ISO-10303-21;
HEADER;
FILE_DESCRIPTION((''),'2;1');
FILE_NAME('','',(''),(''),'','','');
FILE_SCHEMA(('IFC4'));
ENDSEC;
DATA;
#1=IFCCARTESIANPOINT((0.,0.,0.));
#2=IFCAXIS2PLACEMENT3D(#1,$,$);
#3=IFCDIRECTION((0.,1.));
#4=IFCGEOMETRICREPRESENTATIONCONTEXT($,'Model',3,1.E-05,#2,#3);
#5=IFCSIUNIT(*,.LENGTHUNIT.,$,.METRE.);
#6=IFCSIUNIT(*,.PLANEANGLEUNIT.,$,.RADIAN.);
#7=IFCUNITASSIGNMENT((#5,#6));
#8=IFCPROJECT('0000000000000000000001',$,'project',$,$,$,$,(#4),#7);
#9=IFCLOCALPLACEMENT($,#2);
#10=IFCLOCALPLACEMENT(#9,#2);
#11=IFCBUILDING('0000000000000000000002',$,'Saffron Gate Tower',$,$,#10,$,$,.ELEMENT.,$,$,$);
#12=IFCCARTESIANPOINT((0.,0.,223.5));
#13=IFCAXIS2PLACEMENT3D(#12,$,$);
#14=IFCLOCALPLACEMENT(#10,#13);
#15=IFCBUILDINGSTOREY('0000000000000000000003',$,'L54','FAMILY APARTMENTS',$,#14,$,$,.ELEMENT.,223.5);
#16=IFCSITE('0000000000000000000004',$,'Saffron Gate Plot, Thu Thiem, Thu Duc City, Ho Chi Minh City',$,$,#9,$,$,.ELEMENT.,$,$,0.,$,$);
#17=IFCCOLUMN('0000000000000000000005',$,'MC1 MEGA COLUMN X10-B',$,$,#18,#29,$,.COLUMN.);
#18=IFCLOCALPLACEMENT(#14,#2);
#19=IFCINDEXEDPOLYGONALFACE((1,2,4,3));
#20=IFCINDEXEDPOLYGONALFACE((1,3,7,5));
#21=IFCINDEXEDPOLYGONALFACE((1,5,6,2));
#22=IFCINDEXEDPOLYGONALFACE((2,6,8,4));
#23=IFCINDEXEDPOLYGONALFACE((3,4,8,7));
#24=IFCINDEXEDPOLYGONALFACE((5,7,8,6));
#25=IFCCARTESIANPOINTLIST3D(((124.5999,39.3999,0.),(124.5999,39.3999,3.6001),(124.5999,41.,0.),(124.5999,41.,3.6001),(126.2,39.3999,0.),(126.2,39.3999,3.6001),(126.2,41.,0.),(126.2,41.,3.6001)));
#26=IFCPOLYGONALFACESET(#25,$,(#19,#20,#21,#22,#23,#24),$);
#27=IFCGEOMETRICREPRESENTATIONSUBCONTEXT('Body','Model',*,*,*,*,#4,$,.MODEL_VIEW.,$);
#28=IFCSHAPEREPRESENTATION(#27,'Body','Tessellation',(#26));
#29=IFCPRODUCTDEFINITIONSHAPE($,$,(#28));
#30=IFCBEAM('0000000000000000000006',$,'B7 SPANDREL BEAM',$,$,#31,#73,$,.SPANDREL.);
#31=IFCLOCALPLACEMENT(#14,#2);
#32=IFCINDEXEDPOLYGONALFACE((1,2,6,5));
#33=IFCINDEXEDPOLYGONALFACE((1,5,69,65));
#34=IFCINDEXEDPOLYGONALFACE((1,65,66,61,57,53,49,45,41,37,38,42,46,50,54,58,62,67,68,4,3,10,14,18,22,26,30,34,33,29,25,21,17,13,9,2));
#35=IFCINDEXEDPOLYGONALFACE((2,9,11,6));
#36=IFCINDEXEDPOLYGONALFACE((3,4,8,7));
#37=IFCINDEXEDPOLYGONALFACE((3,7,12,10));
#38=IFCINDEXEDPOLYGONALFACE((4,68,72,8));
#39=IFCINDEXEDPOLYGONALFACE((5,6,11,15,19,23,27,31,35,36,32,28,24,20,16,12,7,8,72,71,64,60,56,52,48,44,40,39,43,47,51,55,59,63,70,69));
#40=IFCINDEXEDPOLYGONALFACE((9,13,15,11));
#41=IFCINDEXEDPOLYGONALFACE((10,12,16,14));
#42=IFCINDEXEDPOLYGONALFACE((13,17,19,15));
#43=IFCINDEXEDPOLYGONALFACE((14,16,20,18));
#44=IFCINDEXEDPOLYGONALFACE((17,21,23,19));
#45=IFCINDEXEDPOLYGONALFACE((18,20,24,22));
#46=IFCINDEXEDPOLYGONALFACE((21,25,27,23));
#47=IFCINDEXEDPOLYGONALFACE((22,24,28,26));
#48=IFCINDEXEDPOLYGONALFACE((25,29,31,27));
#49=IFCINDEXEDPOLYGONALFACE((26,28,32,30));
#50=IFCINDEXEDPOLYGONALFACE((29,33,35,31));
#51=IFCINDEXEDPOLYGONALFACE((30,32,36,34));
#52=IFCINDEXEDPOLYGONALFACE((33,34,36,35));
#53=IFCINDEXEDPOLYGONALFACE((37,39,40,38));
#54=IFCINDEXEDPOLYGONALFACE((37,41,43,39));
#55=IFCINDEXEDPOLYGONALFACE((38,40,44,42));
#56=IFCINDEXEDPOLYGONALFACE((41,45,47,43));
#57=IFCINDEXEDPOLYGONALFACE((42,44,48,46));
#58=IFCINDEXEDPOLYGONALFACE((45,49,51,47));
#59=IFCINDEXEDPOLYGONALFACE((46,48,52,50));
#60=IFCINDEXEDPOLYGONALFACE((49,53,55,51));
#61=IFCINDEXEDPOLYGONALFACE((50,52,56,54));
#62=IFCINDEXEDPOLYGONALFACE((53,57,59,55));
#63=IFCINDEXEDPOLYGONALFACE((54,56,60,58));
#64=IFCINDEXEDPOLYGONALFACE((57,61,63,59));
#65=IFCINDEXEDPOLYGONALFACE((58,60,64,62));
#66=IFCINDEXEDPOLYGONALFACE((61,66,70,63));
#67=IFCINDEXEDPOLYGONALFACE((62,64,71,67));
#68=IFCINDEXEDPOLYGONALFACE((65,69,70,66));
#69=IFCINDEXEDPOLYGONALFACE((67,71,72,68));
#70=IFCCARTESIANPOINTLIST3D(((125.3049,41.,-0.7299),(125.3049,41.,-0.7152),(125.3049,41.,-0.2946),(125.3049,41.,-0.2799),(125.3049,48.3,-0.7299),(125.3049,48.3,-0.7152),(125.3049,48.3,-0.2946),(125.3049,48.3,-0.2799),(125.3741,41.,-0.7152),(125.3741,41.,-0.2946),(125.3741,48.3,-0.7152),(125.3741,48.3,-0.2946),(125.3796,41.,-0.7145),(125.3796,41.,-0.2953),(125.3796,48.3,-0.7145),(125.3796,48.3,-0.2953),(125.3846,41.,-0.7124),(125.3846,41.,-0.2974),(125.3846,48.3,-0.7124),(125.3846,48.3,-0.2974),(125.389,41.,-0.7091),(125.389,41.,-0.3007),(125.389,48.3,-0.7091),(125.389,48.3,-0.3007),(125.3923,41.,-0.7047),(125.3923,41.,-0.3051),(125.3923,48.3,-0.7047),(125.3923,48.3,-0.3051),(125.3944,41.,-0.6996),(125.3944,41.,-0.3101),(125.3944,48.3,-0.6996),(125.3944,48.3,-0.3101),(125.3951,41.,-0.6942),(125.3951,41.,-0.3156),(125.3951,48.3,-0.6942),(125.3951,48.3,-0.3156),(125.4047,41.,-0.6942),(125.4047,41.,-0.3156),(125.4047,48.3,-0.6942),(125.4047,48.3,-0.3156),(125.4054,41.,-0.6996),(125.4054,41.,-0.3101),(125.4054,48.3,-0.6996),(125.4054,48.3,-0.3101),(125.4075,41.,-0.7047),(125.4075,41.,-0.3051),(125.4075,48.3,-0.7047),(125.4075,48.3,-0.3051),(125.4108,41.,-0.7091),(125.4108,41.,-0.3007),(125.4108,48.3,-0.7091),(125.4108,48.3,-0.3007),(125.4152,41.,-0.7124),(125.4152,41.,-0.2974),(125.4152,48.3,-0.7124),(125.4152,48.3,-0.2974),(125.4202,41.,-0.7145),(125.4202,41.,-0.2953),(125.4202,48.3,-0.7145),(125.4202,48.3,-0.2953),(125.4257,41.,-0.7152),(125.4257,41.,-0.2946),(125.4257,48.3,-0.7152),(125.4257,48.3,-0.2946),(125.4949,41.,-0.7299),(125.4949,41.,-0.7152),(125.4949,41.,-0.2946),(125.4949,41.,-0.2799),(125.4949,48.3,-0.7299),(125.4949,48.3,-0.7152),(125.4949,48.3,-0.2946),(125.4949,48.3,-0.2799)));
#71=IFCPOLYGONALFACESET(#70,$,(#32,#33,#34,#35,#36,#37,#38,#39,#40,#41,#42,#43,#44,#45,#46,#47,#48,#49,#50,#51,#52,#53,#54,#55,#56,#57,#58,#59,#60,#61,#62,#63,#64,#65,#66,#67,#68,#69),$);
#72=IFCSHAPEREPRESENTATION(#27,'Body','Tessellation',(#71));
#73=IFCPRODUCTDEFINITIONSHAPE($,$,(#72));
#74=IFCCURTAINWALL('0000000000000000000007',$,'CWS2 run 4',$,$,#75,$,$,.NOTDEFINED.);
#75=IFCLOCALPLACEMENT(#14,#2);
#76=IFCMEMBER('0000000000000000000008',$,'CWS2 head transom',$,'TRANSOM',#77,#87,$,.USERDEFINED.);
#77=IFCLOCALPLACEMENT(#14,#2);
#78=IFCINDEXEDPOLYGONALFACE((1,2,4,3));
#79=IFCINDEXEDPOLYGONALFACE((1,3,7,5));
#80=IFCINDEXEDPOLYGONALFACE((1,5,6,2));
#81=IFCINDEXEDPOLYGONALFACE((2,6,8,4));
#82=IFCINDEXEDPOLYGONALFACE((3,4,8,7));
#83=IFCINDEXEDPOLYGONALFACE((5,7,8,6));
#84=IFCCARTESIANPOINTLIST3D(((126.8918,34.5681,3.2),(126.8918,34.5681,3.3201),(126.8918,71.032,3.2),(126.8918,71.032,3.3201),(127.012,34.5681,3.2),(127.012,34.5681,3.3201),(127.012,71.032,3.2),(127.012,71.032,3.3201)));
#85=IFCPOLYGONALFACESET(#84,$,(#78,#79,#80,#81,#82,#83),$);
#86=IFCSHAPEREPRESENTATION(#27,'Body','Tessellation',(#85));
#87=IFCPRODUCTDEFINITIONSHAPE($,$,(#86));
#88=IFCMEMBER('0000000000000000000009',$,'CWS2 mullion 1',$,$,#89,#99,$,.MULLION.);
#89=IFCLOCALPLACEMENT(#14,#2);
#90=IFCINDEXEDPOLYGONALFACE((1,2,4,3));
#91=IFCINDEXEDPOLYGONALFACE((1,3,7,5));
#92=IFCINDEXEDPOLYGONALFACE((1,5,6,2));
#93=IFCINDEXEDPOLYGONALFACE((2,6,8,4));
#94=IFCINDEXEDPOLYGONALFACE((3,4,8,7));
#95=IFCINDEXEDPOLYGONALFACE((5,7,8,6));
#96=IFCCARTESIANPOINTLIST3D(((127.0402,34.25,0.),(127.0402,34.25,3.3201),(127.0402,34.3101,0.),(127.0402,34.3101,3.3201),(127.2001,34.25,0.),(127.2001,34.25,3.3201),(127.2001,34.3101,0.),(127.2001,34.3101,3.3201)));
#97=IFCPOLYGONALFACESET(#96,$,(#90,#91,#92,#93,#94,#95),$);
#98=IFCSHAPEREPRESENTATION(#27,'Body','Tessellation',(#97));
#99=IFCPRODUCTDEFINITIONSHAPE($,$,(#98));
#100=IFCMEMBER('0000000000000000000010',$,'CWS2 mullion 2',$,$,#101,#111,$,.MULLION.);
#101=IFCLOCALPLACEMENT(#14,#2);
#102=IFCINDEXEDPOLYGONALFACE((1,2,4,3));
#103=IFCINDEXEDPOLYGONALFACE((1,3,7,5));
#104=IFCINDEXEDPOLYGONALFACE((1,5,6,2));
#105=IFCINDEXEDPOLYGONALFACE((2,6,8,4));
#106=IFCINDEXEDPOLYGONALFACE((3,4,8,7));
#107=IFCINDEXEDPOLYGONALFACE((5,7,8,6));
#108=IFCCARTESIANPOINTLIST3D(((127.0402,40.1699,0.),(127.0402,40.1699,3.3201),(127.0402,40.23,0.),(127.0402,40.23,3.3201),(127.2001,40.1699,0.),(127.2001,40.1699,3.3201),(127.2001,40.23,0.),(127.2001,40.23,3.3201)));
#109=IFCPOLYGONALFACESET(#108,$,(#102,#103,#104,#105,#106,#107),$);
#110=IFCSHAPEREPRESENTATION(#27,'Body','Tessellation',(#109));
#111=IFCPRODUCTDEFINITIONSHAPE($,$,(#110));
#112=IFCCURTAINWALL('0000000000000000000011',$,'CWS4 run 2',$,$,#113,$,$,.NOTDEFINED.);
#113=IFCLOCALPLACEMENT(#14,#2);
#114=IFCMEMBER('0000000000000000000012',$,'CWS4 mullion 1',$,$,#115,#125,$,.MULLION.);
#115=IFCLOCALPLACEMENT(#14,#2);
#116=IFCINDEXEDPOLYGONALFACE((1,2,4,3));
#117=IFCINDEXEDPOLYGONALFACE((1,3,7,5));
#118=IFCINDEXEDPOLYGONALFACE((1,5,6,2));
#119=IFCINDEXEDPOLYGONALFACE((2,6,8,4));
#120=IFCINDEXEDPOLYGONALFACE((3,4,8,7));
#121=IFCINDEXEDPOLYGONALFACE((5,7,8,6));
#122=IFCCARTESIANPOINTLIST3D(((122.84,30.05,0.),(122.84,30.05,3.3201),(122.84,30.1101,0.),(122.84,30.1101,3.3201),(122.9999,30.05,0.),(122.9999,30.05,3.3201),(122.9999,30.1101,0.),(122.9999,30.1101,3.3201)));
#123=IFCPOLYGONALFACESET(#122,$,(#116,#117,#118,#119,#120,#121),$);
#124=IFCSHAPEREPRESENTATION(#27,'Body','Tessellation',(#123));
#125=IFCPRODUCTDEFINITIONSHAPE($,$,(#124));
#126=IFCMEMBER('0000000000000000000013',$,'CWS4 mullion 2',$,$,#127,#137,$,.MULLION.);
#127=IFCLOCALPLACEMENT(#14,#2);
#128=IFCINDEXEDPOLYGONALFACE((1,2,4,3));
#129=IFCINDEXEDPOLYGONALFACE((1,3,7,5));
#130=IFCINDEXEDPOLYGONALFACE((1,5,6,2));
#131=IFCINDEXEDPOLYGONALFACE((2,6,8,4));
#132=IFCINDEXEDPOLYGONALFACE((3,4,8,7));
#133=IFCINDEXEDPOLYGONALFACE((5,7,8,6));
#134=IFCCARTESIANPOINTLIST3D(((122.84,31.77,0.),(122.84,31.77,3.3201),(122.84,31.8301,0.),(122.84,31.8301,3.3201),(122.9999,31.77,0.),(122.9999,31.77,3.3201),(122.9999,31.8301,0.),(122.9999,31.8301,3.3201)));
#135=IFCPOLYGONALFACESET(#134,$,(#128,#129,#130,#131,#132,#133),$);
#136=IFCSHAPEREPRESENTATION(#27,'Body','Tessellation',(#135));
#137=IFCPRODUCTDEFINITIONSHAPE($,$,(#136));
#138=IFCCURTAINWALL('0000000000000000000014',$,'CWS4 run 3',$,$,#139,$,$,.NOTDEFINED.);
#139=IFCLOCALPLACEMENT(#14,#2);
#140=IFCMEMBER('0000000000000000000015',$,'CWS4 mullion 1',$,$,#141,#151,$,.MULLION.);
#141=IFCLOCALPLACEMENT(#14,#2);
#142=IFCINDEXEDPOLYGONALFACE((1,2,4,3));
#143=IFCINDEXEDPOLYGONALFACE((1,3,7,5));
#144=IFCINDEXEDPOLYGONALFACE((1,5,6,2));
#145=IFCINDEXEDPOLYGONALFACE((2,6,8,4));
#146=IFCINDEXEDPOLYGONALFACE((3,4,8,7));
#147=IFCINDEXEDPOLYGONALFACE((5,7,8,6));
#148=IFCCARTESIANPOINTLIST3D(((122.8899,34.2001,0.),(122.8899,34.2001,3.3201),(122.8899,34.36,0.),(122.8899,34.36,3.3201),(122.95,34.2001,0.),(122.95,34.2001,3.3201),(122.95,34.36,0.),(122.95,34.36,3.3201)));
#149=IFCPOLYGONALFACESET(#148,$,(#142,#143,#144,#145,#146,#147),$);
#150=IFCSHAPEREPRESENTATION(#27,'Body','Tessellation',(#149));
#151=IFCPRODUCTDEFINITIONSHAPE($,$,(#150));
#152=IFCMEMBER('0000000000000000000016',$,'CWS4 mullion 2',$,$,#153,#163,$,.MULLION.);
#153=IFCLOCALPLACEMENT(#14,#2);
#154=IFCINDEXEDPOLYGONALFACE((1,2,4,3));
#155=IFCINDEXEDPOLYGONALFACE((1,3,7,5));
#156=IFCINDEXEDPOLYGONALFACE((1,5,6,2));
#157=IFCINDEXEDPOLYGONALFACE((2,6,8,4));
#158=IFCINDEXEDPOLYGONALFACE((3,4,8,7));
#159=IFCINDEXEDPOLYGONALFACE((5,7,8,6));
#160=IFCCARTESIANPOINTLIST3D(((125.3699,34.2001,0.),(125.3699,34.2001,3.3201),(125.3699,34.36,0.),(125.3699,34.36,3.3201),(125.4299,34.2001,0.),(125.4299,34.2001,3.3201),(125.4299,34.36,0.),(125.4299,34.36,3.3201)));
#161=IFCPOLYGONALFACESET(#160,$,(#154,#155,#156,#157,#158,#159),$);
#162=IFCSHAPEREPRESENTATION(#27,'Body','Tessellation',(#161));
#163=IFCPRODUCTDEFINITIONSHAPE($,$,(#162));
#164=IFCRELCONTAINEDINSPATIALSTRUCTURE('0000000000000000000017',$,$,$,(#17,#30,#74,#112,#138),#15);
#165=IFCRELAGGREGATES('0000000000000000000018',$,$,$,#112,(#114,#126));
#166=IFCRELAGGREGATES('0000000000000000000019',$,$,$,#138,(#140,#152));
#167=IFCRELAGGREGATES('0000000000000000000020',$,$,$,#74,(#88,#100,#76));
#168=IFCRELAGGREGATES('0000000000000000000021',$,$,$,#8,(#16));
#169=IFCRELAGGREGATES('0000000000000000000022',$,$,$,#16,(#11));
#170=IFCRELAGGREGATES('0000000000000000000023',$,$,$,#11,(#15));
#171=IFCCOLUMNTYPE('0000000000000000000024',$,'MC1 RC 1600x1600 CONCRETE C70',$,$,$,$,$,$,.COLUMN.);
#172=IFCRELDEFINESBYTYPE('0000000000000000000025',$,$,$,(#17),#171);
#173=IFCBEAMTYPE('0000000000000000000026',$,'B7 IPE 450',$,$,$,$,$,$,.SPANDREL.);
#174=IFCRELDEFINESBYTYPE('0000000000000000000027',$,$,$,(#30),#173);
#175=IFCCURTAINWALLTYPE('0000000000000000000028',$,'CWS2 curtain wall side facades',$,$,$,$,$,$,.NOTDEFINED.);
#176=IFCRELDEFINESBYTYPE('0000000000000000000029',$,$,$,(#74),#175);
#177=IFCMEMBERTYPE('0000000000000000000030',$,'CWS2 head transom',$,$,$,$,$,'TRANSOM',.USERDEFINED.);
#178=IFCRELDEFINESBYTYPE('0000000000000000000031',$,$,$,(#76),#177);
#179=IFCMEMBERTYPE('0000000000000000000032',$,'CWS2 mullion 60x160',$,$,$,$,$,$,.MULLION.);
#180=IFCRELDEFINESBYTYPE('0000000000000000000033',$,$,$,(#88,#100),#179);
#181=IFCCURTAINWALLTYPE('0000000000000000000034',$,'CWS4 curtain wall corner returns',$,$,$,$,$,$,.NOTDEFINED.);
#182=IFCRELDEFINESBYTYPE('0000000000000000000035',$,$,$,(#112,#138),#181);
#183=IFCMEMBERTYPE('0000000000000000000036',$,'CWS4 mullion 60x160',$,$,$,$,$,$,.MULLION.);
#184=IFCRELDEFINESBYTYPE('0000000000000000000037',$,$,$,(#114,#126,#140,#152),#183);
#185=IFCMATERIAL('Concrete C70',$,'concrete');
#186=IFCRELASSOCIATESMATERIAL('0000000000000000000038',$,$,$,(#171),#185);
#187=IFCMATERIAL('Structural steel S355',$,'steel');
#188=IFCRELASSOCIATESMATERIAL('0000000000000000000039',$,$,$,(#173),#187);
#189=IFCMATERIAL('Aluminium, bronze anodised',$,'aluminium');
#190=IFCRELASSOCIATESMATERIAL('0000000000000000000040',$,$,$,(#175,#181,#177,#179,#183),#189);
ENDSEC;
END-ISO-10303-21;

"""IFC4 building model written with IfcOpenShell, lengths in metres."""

from ifc_helpers import new_model, si_unit, direction, frame, origin, origin_2d, place, context, subcontext, project, spatial, rectangle, i_section, extrude, material, material_profile, profile_set, type_object, element, aggregate, save


model = new_model("IFC4")

# Units and contexts
model_context = context("Model", 3, precision=1e-05, world=origin(), true_north=direction((0.0, 1.0)))
body_context = subcontext(model_context, "Body", "Model", "MODEL_VIEW")
ifc_project = project(units=[si_unit("LENGTHUNIT", "METRE"), si_unit("PLANEANGLEUNIT", "RADIAN")], contexts=[model_context])

# Site, building, storey
site_placement = place(None, origin())
site = spatial("IfcSite", under=ifc_project, at=site_placement, Name="Saffron Gate Plot, Thu Thiem, Thu Duc City, Ho Chi Minh City", CompositionType="ELEMENT", RefElevation=0.0)
building_placement = place(site_placement, origin())
building = spatial("IfcBuilding", under=site, at=building_placement, Name="Saffron Gate Tower", CompositionType="ELEMENT")
storey_placement = place(building_placement, frame((0.0, 0.0, 223.5)))
storey = spatial("IfcBuildingStorey", under=building, at=storey_placement, Name="L54", Description="FAMILY APARTMENTS", CompositionType="ELEMENT", Elevation=223.5)

# Column
ifc_material_1 = material(Name="Concrete C70", Category="concrete")
ifc_material_profile_1 = material_profile(ifc_material_1, rectangle(XDim=1.6001, YDim=1.6001, at=origin_2d()))
ifc_profile_set_1 = profile_set([ifc_material_profile_1], Name="Concrete C70")
column_type = type_object("IfcColumnType", Name="MC1 RC 1600x1600 CONCRETE C70", PredefinedType="COLUMN", material=ifc_profile_set_1)
column_placement = place(storey_placement, frame((125.3999, 40.2, 0.0), z_axis=(0.0, 0.0, 1.0), x_axis=(1.0, 0.0, 0.0)))
element("IfcColumn", 1, at=column_placement, inside=storey, type_object=column_type, Name="MC1 MEGA COLUMN X10-B", PredefinedType="COLUMN", context=body_context, shape_type="SweptSolid", body=[
    extrude(rectangle(XDim=1.6001, YDim=1.6001, at=origin_2d()), origin(), (0.0, 0.0, 1.0), 3.6001),
])

# Beam
ifc_material_2 = material(Name="Structural steel S355", Category="steel")
ifc_material_profile_2 = material_profile(ifc_material_2, i_section(OverallWidth=0.1899, OverallDepth=0.45, WebThickness=0.0095, FlangeThickness=0.0146, FilletRadius=0.021, at=origin_2d()))
ifc_profile_set_2 = profile_set([ifc_material_profile_2], Name="Structural steel S355")
beam_type = type_object("IfcBeamType", Name="B7 IPE 450", PredefinedType="SPANDREL", material=ifc_profile_set_2)
beam_placement = place(storey_placement, frame((125.3999, 41.0, -0.5049), z_axis=(0.0, 1.0, 0.0), x_axis=(-1.0, 0.0, 0.0)))
element("IfcBeam", 2, at=beam_placement, inside=storey, type_object=beam_type, Name="B7 SPANDREL BEAM", PredefinedType="SPANDREL", context=body_context, shape_type="SweptSolid", body=[
    extrude(i_section(OverallWidth=0.1899, OverallDepth=0.45, WebThickness=0.0095, FlangeThickness=0.0146, FilletRadius=0.021, at=origin_2d()), origin(), (0.0, 0.0, 1.0), 7.3),
])

# Curtain walls, members
ifc_material_3 = material(Name="Aluminium, bronze anodised", Category="aluminium")
curtain_wall_type_1 = type_object("IfcCurtainWallType", Name="CWS2 curtain wall side facades", PredefinedType="NOTDEFINED", material=ifc_material_3)
curtain_wall_1_placement = place(storey_placement, origin())
curtain_wall_1 = element("IfcCurtainWall", 3, at=curtain_wall_1_placement, inside=storey, type_object=curtain_wall_type_1, Name="CWS2 run 4", PredefinedType="NOTDEFINED")
ifc_material_profile_3 = material_profile(ifc_material_3, rectangle(XDim=0.1201, YDim=0.1201, at=origin_2d()))
ifc_profile_set_3 = profile_set([ifc_material_profile_3], Name="Aluminium, bronze anodised")
member_type_1 = type_object("IfcMemberType", Name="CWS2 head transom", ElementType="TRANSOM", PredefinedType="USERDEFINED", material=ifc_profile_set_3)
member_1_placement = place(storey_placement, frame((126.9519, 34.5681, 3.26), z_axis=(0.0, 1.0, 0.0), x_axis=(-1.0, 0.0, 0.0)))
member_1 = element("IfcMember", 4, at=member_1_placement, type_object=member_type_1, Name="CWS2 head transom", ObjectType="TRANSOM", PredefinedType="USERDEFINED", context=body_context, shape_type="SweptSolid", body=[
    extrude(rectangle(XDim=0.1201, YDim=0.1201, at=origin_2d()), origin(), (0.0, 0.0, 1.0), 36.4639),
])
ifc_material_profile_4 = material_profile(ifc_material_3, rectangle(XDim=0.1599, YDim=0.0601, at=origin_2d()))
ifc_profile_set_4 = profile_set([ifc_material_profile_4], Name="Aluminium, bronze anodised")
member_type_2 = type_object("IfcMemberType", Name="CWS2 mullion 60x160", PredefinedType="MULLION", material=ifc_profile_set_4)
member_2_placement = place(storey_placement, frame((127.1201, 34.28, 0.0), z_axis=(0.0, 0.0, 1.0), x_axis=(-1.0, 0.0, 0.0)))
member_2 = element("IfcMember", 5, at=member_2_placement, type_object=member_type_2, Name="CWS2 mullion 1", PredefinedType="MULLION", context=body_context, shape_type="SweptSolid", body=[
    extrude(rectangle(XDim=0.1599, YDim=0.0601, at=origin_2d()), origin(), (0.0, 0.0, 1.0), 3.3201),
])
member_3_placement = place(storey_placement, frame((127.1201, 40.2, 0.0), z_axis=(0.0, 0.0, 1.0), x_axis=(-1.0, 0.0, 0.0)))
member_3 = element("IfcMember", 6, at=member_3_placement, type_object=member_type_2, Name="CWS2 mullion 2", PredefinedType="MULLION", context=body_context, shape_type="SweptSolid", body=[
    extrude(rectangle(XDim=0.1599, YDim=0.0601, at=origin_2d()), origin(), (0.0, 0.0, 1.0), 3.3201),
])
curtain_wall_type_2 = type_object("IfcCurtainWallType", Name="CWS4 curtain wall corner returns", PredefinedType="NOTDEFINED", material=ifc_material_3)
curtain_wall_2_placement = place(storey_placement, origin())
curtain_wall_2 = element("IfcCurtainWall", 7, at=curtain_wall_2_placement, inside=storey, type_object=curtain_wall_type_2, Name="CWS4 run 2", PredefinedType="NOTDEFINED")
ifc_material_profile_5 = material_profile(ifc_material_3, rectangle(XDim=0.1599, YDim=0.0601, at=origin_2d()))
ifc_profile_set_5 = profile_set([ifc_material_profile_5], Name="Aluminium, bronze anodised")
member_type_3 = type_object("IfcMemberType", Name="CWS4 mullion 60x160", PredefinedType="MULLION", material=ifc_profile_set_5)
member_4_placement = place(storey_placement, frame((122.9199, 30.0801, 0.0), z_axis=(0.0, 0.0, 1.0), x_axis=(-1.0, 0.0, 0.0)))
member_4 = element("IfcMember", 8, at=member_4_placement, type_object=member_type_3, Name="CWS4 mullion 1", PredefinedType="MULLION", context=body_context, shape_type="SweptSolid", body=[
    extrude(rectangle(XDim=0.1599, YDim=0.0601, at=origin_2d()), origin(), (0.0, 0.0, 1.0), 3.3201),
])
member_5_placement = place(storey_placement, frame((122.9199, 31.8, 0.0), z_axis=(0.0, 0.0, 1.0), x_axis=(-1.0, 0.0, 0.0)))
member_5 = element("IfcMember", 9, at=member_5_placement, type_object=member_type_3, Name="CWS4 mullion 2", PredefinedType="MULLION", context=body_context, shape_type="SweptSolid", body=[
    extrude(rectangle(XDim=0.1599, YDim=0.0601, at=origin_2d()), origin(), (0.0, 0.0, 1.0), 3.3201),
])
aggregate(curtain_wall_2, [member_4, member_5])
curtain_wall_3_placement = place(storey_placement, origin())
curtain_wall_3 = element("IfcCurtainWall", 10, at=curtain_wall_3_placement, inside=storey, type_object=curtain_wall_type_2, Name="CWS4 run 3", PredefinedType="NOTDEFINED")
member_6_placement = place(storey_placement, frame((122.9199, 34.28, 0.0), z_axis=(0.0, 0.0, 1.0), x_axis=(0.0, 1.0, 0.0)))
member_6 = element("IfcMember", 11, at=member_6_placement, type_object=member_type_3, Name="CWS4 mullion 1", PredefinedType="MULLION", context=body_context, shape_type="SweptSolid", body=[
    extrude(rectangle(XDim=0.1599, YDim=0.0601, at=origin_2d()), origin(), (0.0, 0.0, 1.0), 3.3201),
])
member_7_placement = place(storey_placement, frame((125.3999, 34.28, 0.0), z_axis=(0.0, 0.0, 1.0), x_axis=(0.0, 1.0, 0.0)))
member_7 = element("IfcMember", 12, at=member_7_placement, type_object=member_type_3, Name="CWS4 mullion 2", PredefinedType="MULLION", context=body_context, shape_type="SweptSolid", body=[
    extrude(rectangle(XDim=0.1599, YDim=0.0601, at=origin_2d()), origin(), (0.0, 0.0, 1.0), 3.3201),
])
aggregate(curtain_wall_3, [member_6, member_7])

aggregate(curtain_wall_1, [member_2, member_3, member_1])

save(model, "model.ifc")
